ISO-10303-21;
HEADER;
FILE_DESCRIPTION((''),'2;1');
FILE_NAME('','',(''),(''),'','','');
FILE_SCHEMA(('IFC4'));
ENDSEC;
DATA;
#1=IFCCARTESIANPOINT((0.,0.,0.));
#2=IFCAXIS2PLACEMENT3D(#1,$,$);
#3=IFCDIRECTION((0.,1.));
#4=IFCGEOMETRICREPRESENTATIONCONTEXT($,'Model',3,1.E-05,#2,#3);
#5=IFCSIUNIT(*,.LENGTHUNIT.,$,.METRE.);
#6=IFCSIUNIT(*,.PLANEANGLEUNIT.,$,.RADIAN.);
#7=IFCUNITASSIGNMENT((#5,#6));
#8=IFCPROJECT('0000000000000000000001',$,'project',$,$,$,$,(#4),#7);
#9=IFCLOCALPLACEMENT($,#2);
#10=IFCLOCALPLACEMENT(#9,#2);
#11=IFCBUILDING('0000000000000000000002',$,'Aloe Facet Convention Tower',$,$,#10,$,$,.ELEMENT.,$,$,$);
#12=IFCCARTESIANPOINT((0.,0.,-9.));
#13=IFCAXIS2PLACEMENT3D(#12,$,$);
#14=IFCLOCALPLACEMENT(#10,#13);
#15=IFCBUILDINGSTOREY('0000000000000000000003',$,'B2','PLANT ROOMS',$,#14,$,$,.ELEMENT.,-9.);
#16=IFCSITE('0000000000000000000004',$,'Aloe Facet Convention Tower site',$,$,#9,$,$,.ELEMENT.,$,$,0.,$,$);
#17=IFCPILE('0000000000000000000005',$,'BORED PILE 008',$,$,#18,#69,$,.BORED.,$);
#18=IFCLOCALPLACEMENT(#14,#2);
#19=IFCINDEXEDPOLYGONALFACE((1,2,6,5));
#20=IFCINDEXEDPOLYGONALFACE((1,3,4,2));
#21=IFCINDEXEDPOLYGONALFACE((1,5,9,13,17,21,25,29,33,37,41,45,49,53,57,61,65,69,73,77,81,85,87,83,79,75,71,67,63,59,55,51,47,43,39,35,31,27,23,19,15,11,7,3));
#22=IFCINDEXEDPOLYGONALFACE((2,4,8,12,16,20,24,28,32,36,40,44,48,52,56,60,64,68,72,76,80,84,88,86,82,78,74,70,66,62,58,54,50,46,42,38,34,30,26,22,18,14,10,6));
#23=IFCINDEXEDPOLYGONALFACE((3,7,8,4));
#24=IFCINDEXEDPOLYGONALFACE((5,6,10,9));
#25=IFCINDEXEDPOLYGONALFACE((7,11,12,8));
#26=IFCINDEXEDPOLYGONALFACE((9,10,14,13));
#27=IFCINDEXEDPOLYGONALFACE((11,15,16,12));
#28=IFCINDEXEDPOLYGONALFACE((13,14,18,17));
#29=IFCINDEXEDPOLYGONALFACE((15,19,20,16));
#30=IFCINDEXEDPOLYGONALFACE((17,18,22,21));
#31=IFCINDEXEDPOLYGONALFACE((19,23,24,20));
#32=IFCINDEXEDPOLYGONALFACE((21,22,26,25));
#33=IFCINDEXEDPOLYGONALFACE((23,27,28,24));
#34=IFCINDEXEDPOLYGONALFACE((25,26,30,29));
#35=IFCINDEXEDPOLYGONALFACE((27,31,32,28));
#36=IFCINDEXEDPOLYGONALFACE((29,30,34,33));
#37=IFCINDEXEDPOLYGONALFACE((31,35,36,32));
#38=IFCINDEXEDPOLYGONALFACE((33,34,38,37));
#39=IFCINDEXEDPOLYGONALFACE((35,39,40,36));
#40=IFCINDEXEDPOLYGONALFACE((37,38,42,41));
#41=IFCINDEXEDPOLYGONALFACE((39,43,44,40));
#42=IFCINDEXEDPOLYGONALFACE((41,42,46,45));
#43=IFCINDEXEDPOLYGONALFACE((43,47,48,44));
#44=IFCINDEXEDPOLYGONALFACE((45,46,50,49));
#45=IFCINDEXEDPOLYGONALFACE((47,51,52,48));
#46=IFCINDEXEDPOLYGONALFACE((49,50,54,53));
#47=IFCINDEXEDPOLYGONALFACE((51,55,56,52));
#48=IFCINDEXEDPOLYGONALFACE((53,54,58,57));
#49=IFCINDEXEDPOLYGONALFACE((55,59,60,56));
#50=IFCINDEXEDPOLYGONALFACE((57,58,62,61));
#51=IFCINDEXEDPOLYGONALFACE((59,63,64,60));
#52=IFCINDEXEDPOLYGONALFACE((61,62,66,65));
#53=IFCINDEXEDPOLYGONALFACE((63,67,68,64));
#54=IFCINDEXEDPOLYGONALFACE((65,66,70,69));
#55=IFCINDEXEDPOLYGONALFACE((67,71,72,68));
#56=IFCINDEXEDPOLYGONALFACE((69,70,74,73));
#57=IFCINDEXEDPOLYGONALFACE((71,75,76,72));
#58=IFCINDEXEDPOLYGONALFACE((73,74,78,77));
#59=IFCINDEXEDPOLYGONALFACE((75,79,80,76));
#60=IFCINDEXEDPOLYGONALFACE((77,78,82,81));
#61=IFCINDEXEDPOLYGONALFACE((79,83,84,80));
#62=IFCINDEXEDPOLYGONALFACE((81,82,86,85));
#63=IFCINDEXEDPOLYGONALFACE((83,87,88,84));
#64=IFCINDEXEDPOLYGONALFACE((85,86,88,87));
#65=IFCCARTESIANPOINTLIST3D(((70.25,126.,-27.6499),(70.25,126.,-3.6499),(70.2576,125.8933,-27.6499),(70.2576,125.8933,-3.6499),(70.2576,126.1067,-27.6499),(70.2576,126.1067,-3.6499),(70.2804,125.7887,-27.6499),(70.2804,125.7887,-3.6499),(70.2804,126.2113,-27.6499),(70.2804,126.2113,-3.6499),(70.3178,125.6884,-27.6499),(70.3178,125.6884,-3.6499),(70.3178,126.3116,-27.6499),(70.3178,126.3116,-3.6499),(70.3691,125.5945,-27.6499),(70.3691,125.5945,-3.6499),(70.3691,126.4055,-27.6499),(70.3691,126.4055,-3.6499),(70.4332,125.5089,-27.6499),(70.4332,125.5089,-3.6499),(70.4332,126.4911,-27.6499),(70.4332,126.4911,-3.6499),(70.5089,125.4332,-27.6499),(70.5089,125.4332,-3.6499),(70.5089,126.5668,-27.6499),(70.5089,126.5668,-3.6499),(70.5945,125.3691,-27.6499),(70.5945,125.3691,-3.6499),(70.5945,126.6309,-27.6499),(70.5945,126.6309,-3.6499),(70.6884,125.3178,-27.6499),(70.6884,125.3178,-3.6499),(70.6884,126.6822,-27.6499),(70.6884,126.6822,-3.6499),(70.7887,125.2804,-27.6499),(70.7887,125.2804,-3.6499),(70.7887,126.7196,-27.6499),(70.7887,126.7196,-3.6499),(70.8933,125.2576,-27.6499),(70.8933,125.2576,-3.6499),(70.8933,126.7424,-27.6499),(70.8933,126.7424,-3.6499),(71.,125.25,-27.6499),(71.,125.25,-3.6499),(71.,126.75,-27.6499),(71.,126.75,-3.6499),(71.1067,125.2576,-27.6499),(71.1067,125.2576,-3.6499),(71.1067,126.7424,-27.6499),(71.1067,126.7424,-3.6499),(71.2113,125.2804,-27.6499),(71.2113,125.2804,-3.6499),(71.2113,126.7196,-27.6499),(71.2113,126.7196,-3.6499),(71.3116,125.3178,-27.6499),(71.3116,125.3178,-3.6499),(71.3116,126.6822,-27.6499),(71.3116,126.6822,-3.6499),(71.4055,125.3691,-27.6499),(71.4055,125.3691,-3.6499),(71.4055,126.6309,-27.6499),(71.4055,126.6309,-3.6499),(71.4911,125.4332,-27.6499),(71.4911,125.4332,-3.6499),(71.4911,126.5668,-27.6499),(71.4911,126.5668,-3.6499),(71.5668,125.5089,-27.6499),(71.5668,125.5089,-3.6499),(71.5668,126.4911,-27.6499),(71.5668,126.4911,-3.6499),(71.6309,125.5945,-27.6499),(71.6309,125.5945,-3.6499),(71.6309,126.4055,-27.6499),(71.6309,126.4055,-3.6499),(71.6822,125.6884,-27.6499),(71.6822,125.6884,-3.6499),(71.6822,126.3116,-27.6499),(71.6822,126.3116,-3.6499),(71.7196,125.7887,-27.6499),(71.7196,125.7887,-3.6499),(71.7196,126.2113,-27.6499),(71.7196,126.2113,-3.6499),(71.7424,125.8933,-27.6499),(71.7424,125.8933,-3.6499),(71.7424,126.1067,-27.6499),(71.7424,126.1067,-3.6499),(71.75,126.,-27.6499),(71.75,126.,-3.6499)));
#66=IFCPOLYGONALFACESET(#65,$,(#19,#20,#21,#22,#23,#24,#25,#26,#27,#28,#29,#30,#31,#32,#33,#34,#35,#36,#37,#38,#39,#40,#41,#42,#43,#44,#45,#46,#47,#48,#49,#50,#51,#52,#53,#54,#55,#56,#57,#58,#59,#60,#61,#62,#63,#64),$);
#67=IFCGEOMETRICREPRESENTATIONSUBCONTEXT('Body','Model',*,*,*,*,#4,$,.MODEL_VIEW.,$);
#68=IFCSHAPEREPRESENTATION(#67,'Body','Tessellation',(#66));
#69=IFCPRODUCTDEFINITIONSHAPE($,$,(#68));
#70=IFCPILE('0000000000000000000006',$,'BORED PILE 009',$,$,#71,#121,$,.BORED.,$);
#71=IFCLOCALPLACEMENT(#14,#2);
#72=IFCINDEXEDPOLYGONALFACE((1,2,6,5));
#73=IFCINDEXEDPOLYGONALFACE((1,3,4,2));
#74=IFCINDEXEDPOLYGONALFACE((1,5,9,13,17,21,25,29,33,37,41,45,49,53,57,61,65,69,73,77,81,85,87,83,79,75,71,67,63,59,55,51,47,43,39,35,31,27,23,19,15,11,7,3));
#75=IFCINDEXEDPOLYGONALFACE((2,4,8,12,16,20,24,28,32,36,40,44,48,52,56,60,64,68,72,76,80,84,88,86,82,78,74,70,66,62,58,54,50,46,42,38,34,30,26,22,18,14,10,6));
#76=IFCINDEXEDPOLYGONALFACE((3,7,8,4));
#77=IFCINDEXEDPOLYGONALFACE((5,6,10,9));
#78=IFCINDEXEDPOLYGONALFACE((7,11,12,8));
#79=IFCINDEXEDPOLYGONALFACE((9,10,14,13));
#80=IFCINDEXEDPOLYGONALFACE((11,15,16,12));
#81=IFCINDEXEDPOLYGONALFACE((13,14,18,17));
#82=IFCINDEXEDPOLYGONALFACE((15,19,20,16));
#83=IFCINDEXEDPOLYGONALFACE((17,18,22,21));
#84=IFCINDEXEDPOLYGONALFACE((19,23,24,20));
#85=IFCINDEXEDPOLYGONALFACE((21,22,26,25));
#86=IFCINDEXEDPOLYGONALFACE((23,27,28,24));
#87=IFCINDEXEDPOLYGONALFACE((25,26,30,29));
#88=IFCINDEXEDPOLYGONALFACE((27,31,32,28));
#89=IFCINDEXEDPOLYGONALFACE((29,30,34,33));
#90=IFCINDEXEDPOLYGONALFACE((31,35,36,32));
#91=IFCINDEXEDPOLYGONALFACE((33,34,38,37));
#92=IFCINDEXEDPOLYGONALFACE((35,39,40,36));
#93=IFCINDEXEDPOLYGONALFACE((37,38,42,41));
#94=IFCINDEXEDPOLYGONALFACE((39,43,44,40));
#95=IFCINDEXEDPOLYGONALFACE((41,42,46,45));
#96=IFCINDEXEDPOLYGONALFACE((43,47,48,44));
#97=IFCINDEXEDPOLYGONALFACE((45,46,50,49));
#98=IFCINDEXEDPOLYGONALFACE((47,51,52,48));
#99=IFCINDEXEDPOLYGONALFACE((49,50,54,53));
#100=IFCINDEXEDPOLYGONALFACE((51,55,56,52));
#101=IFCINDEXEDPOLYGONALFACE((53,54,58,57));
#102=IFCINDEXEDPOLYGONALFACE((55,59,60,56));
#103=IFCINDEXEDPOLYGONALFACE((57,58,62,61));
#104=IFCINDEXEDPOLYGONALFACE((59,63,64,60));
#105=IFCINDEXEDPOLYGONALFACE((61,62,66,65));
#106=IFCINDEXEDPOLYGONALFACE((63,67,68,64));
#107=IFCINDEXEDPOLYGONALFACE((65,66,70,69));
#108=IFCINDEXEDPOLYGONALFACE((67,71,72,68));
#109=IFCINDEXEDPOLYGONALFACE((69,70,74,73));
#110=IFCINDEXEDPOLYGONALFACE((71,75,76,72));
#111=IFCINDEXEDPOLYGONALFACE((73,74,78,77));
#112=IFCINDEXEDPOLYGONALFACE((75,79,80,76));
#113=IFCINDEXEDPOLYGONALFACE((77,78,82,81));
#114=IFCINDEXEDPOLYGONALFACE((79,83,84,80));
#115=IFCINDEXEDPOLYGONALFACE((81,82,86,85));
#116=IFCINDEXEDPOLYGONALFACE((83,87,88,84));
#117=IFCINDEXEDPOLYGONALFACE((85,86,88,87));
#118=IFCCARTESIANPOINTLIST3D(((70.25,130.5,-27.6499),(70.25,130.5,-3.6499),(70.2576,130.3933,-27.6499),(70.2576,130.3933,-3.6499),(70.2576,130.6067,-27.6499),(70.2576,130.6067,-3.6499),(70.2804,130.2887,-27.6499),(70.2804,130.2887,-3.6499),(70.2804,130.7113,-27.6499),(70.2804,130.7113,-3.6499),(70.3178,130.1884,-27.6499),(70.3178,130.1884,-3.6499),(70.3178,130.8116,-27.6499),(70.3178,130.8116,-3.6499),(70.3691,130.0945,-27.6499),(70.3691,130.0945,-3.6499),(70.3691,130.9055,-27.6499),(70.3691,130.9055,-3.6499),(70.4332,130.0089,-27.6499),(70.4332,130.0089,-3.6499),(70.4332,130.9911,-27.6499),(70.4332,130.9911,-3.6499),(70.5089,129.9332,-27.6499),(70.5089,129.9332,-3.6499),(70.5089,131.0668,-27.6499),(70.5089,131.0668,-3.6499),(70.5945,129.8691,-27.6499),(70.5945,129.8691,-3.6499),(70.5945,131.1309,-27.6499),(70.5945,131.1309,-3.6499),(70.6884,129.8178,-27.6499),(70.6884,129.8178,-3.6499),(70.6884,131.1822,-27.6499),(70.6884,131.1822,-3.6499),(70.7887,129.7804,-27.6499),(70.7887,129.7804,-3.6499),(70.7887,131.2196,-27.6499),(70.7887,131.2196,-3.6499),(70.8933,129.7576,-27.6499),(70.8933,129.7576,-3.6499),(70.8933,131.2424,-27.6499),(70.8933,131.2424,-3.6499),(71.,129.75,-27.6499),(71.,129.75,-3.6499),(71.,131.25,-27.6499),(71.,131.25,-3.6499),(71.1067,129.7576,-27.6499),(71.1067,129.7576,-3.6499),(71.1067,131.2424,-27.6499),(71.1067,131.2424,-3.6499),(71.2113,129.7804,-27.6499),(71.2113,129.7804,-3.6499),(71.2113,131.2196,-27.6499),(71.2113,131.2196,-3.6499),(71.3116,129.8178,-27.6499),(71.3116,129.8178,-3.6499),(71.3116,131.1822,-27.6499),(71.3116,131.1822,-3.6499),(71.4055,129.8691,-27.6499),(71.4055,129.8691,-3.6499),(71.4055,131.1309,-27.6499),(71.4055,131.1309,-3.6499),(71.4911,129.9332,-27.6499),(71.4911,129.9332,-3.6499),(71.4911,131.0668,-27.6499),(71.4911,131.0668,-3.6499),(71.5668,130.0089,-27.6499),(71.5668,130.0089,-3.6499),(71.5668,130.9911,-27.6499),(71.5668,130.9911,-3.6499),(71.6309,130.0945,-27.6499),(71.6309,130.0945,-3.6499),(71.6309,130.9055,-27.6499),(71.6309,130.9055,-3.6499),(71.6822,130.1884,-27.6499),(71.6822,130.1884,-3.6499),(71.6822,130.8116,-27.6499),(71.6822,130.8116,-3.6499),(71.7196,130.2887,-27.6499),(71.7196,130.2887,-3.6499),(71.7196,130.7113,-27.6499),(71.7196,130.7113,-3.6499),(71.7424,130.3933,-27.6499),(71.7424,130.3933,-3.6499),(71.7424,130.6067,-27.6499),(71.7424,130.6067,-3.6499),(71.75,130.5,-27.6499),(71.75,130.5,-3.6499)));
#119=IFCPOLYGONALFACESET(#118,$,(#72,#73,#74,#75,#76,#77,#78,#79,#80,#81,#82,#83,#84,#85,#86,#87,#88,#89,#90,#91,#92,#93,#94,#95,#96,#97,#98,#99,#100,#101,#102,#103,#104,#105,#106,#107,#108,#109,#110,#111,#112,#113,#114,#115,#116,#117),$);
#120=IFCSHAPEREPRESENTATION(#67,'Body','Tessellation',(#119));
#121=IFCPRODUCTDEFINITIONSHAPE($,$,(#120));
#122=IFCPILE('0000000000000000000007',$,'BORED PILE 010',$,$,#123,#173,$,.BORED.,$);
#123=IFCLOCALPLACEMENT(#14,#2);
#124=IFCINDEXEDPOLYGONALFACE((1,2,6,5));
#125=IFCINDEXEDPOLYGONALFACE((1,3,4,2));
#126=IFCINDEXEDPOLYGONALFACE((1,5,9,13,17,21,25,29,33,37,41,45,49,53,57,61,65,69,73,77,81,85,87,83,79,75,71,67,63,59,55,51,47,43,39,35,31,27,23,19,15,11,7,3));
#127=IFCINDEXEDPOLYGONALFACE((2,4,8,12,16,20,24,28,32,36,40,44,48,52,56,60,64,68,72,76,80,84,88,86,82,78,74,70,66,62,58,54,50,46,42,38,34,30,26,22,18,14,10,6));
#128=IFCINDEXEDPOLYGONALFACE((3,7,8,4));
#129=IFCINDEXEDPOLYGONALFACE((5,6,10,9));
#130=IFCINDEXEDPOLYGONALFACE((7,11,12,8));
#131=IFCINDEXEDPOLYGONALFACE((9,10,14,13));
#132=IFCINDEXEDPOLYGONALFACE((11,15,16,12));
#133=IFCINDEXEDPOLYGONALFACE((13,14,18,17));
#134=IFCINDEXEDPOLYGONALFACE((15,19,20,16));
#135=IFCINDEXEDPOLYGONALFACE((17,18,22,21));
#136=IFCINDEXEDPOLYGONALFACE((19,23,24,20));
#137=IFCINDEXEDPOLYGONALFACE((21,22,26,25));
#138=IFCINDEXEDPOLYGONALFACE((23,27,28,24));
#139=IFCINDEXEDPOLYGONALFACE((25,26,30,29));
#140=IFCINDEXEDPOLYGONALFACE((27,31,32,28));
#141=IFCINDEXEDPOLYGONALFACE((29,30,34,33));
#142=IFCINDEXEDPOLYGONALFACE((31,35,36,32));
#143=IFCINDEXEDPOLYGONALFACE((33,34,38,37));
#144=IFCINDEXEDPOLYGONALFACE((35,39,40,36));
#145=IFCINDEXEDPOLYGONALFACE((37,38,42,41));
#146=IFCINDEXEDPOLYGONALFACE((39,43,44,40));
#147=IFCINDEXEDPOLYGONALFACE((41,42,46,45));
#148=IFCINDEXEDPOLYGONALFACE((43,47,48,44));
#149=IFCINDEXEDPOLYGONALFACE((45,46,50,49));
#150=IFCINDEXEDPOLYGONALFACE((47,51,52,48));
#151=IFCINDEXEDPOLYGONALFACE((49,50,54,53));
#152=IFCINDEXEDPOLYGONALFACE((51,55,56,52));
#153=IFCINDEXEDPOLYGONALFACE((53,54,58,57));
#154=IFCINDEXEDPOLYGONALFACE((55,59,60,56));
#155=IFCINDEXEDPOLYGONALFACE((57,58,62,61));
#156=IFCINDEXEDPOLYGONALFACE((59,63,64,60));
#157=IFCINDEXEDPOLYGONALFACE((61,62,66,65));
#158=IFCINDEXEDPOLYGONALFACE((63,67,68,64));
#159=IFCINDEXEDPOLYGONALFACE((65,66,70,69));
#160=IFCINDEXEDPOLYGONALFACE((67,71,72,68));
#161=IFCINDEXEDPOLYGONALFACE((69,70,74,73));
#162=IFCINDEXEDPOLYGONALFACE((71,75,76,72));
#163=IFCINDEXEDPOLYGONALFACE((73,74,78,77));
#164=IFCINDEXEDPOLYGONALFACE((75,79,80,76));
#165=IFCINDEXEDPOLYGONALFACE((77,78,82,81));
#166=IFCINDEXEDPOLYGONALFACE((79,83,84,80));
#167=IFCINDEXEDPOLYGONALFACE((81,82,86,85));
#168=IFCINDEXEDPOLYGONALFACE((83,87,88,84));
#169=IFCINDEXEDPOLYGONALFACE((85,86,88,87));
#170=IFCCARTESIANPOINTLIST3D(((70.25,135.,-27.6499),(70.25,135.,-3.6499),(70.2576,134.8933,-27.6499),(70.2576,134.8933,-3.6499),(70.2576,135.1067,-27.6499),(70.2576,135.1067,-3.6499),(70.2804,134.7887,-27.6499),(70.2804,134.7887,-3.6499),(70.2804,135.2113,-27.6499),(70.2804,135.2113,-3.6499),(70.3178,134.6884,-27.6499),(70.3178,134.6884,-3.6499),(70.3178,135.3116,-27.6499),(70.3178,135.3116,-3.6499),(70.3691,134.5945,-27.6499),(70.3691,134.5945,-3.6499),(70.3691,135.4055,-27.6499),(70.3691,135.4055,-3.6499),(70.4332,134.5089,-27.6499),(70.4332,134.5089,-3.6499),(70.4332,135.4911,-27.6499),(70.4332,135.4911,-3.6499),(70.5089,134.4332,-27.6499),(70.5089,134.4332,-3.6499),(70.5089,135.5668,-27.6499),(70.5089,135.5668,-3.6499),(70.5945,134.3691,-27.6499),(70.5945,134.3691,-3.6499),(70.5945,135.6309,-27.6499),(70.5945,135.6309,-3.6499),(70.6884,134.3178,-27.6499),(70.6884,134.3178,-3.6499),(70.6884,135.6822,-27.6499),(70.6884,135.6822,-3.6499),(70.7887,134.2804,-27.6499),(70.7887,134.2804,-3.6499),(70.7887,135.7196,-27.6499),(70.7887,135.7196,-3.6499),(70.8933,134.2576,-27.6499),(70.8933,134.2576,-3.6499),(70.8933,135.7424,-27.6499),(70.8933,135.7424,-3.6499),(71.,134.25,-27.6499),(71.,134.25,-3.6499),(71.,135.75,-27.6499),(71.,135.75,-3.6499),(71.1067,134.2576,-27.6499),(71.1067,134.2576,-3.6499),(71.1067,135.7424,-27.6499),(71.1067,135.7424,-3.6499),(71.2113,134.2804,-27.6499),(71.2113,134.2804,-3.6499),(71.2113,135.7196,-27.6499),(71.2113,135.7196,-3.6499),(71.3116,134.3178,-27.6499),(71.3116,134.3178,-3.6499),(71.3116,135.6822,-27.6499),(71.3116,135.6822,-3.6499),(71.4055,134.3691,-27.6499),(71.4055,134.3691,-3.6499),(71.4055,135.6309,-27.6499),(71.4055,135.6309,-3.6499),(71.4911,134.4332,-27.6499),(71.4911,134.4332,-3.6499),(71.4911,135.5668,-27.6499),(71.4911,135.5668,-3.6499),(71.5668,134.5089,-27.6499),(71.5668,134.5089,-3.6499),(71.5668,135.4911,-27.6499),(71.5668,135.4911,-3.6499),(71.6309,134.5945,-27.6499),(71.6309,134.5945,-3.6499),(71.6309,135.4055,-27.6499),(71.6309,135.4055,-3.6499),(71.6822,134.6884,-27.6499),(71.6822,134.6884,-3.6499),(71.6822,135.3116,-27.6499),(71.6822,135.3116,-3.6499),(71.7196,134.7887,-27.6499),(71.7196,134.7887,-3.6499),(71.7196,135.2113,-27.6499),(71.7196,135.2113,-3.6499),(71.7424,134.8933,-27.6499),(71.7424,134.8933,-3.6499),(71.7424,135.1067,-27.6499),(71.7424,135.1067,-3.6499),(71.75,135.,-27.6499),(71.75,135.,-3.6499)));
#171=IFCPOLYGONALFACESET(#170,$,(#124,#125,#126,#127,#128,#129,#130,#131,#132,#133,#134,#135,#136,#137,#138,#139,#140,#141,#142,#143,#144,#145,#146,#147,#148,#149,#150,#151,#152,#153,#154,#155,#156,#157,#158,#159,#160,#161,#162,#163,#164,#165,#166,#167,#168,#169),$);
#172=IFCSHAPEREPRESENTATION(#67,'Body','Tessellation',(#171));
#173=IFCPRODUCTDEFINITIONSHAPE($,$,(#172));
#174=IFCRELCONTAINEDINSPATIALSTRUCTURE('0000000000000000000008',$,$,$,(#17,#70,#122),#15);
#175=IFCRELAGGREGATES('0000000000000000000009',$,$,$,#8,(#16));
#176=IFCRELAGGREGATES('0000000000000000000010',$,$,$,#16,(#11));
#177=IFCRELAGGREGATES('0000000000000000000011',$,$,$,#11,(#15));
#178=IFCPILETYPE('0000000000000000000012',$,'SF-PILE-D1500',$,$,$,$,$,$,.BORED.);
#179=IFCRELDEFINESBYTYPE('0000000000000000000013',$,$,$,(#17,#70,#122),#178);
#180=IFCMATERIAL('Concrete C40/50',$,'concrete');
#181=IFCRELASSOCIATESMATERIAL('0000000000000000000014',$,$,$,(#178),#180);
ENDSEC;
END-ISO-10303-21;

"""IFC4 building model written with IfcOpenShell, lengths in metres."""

from ifc_helpers import new_model, si_unit, direction, frame, origin, origin_2d, place, context, subcontext, project, spatial, circle, extrude, material, material_profile, profile_set, type_object, element, save


model = new_model("IFC4")

# Units and contexts
model_context = context("Model", 3, precision=1e-05, world=origin(), true_north=direction((0.0, 1.0)))
body_context = subcontext(model_context, "Body", "Model", "MODEL_VIEW")
ifc_project = project(units=[si_unit("LENGTHUNIT", "METRE"), si_unit("PLANEANGLEUNIT", "RADIAN")], contexts=[model_context])

# Site, building, storey
site_placement = place(None, origin())
site = spatial("IfcSite", under=ifc_project, at=site_placement, Name="Aloe Facet Convention Tower site", CompositionType="ELEMENT", RefElevation=0.0)
building_placement = place(site_placement, origin())
building = spatial("IfcBuilding", under=site, at=building_placement, Name="Aloe Facet Convention Tower", CompositionType="ELEMENT")
storey_placement = place(building_placement, frame((0.0, 0.0, -9.0)))
storey = spatial("IfcBuildingStorey", under=building, at=storey_placement, Name="B2", Description="PLANT ROOMS", CompositionType="ELEMENT", Elevation=-9.0)

# Piles
ifc_material_1 = material(Name="Concrete C40/50", Category="concrete")
ifc_material_profile_1 = material_profile(ifc_material_1, circle(Radius=0.75, at=origin_2d()), Name="D1500")
ifc_profile_set_1 = profile_set([ifc_material_profile_1], Name="Concrete C40/50")
pile_type = type_object("IfcPileType", Name="SF-PILE-D1500", PredefinedType="BORED", material=ifc_profile_set_1)
for number, where, z_axis, x_axis, name in (
    (1, (71.0, 126.0, -3.6499), (0.0, 0.0, -1.0), (1.0, 0.0, 0.0), "BORED PILE 008"),
    (2, (71.0, 130.5, -3.6499), (0.0, 0.0, -1.0), (1.0, 0.0, 0.0), "BORED PILE 009"),
    (3, (71.0, 135.0, -3.6499), (0.0, 0.0, -1.0), (1.0, 0.0, 0.0), "BORED PILE 010"),
):
    element("IfcPile", number, at=place(storey_placement, frame(where, z_axis=z_axis, x_axis=x_axis)), inside=storey, type_object=pile_type, Name=name, PredefinedType="BORED", context=body_context, shape_type="SweptSolid", body=[
        extrude(circle(Radius=0.75, at=origin_2d()), origin(), (0.0, 0.0, 1.0), 24.0),
    ])

save(model, "model.ifc")
